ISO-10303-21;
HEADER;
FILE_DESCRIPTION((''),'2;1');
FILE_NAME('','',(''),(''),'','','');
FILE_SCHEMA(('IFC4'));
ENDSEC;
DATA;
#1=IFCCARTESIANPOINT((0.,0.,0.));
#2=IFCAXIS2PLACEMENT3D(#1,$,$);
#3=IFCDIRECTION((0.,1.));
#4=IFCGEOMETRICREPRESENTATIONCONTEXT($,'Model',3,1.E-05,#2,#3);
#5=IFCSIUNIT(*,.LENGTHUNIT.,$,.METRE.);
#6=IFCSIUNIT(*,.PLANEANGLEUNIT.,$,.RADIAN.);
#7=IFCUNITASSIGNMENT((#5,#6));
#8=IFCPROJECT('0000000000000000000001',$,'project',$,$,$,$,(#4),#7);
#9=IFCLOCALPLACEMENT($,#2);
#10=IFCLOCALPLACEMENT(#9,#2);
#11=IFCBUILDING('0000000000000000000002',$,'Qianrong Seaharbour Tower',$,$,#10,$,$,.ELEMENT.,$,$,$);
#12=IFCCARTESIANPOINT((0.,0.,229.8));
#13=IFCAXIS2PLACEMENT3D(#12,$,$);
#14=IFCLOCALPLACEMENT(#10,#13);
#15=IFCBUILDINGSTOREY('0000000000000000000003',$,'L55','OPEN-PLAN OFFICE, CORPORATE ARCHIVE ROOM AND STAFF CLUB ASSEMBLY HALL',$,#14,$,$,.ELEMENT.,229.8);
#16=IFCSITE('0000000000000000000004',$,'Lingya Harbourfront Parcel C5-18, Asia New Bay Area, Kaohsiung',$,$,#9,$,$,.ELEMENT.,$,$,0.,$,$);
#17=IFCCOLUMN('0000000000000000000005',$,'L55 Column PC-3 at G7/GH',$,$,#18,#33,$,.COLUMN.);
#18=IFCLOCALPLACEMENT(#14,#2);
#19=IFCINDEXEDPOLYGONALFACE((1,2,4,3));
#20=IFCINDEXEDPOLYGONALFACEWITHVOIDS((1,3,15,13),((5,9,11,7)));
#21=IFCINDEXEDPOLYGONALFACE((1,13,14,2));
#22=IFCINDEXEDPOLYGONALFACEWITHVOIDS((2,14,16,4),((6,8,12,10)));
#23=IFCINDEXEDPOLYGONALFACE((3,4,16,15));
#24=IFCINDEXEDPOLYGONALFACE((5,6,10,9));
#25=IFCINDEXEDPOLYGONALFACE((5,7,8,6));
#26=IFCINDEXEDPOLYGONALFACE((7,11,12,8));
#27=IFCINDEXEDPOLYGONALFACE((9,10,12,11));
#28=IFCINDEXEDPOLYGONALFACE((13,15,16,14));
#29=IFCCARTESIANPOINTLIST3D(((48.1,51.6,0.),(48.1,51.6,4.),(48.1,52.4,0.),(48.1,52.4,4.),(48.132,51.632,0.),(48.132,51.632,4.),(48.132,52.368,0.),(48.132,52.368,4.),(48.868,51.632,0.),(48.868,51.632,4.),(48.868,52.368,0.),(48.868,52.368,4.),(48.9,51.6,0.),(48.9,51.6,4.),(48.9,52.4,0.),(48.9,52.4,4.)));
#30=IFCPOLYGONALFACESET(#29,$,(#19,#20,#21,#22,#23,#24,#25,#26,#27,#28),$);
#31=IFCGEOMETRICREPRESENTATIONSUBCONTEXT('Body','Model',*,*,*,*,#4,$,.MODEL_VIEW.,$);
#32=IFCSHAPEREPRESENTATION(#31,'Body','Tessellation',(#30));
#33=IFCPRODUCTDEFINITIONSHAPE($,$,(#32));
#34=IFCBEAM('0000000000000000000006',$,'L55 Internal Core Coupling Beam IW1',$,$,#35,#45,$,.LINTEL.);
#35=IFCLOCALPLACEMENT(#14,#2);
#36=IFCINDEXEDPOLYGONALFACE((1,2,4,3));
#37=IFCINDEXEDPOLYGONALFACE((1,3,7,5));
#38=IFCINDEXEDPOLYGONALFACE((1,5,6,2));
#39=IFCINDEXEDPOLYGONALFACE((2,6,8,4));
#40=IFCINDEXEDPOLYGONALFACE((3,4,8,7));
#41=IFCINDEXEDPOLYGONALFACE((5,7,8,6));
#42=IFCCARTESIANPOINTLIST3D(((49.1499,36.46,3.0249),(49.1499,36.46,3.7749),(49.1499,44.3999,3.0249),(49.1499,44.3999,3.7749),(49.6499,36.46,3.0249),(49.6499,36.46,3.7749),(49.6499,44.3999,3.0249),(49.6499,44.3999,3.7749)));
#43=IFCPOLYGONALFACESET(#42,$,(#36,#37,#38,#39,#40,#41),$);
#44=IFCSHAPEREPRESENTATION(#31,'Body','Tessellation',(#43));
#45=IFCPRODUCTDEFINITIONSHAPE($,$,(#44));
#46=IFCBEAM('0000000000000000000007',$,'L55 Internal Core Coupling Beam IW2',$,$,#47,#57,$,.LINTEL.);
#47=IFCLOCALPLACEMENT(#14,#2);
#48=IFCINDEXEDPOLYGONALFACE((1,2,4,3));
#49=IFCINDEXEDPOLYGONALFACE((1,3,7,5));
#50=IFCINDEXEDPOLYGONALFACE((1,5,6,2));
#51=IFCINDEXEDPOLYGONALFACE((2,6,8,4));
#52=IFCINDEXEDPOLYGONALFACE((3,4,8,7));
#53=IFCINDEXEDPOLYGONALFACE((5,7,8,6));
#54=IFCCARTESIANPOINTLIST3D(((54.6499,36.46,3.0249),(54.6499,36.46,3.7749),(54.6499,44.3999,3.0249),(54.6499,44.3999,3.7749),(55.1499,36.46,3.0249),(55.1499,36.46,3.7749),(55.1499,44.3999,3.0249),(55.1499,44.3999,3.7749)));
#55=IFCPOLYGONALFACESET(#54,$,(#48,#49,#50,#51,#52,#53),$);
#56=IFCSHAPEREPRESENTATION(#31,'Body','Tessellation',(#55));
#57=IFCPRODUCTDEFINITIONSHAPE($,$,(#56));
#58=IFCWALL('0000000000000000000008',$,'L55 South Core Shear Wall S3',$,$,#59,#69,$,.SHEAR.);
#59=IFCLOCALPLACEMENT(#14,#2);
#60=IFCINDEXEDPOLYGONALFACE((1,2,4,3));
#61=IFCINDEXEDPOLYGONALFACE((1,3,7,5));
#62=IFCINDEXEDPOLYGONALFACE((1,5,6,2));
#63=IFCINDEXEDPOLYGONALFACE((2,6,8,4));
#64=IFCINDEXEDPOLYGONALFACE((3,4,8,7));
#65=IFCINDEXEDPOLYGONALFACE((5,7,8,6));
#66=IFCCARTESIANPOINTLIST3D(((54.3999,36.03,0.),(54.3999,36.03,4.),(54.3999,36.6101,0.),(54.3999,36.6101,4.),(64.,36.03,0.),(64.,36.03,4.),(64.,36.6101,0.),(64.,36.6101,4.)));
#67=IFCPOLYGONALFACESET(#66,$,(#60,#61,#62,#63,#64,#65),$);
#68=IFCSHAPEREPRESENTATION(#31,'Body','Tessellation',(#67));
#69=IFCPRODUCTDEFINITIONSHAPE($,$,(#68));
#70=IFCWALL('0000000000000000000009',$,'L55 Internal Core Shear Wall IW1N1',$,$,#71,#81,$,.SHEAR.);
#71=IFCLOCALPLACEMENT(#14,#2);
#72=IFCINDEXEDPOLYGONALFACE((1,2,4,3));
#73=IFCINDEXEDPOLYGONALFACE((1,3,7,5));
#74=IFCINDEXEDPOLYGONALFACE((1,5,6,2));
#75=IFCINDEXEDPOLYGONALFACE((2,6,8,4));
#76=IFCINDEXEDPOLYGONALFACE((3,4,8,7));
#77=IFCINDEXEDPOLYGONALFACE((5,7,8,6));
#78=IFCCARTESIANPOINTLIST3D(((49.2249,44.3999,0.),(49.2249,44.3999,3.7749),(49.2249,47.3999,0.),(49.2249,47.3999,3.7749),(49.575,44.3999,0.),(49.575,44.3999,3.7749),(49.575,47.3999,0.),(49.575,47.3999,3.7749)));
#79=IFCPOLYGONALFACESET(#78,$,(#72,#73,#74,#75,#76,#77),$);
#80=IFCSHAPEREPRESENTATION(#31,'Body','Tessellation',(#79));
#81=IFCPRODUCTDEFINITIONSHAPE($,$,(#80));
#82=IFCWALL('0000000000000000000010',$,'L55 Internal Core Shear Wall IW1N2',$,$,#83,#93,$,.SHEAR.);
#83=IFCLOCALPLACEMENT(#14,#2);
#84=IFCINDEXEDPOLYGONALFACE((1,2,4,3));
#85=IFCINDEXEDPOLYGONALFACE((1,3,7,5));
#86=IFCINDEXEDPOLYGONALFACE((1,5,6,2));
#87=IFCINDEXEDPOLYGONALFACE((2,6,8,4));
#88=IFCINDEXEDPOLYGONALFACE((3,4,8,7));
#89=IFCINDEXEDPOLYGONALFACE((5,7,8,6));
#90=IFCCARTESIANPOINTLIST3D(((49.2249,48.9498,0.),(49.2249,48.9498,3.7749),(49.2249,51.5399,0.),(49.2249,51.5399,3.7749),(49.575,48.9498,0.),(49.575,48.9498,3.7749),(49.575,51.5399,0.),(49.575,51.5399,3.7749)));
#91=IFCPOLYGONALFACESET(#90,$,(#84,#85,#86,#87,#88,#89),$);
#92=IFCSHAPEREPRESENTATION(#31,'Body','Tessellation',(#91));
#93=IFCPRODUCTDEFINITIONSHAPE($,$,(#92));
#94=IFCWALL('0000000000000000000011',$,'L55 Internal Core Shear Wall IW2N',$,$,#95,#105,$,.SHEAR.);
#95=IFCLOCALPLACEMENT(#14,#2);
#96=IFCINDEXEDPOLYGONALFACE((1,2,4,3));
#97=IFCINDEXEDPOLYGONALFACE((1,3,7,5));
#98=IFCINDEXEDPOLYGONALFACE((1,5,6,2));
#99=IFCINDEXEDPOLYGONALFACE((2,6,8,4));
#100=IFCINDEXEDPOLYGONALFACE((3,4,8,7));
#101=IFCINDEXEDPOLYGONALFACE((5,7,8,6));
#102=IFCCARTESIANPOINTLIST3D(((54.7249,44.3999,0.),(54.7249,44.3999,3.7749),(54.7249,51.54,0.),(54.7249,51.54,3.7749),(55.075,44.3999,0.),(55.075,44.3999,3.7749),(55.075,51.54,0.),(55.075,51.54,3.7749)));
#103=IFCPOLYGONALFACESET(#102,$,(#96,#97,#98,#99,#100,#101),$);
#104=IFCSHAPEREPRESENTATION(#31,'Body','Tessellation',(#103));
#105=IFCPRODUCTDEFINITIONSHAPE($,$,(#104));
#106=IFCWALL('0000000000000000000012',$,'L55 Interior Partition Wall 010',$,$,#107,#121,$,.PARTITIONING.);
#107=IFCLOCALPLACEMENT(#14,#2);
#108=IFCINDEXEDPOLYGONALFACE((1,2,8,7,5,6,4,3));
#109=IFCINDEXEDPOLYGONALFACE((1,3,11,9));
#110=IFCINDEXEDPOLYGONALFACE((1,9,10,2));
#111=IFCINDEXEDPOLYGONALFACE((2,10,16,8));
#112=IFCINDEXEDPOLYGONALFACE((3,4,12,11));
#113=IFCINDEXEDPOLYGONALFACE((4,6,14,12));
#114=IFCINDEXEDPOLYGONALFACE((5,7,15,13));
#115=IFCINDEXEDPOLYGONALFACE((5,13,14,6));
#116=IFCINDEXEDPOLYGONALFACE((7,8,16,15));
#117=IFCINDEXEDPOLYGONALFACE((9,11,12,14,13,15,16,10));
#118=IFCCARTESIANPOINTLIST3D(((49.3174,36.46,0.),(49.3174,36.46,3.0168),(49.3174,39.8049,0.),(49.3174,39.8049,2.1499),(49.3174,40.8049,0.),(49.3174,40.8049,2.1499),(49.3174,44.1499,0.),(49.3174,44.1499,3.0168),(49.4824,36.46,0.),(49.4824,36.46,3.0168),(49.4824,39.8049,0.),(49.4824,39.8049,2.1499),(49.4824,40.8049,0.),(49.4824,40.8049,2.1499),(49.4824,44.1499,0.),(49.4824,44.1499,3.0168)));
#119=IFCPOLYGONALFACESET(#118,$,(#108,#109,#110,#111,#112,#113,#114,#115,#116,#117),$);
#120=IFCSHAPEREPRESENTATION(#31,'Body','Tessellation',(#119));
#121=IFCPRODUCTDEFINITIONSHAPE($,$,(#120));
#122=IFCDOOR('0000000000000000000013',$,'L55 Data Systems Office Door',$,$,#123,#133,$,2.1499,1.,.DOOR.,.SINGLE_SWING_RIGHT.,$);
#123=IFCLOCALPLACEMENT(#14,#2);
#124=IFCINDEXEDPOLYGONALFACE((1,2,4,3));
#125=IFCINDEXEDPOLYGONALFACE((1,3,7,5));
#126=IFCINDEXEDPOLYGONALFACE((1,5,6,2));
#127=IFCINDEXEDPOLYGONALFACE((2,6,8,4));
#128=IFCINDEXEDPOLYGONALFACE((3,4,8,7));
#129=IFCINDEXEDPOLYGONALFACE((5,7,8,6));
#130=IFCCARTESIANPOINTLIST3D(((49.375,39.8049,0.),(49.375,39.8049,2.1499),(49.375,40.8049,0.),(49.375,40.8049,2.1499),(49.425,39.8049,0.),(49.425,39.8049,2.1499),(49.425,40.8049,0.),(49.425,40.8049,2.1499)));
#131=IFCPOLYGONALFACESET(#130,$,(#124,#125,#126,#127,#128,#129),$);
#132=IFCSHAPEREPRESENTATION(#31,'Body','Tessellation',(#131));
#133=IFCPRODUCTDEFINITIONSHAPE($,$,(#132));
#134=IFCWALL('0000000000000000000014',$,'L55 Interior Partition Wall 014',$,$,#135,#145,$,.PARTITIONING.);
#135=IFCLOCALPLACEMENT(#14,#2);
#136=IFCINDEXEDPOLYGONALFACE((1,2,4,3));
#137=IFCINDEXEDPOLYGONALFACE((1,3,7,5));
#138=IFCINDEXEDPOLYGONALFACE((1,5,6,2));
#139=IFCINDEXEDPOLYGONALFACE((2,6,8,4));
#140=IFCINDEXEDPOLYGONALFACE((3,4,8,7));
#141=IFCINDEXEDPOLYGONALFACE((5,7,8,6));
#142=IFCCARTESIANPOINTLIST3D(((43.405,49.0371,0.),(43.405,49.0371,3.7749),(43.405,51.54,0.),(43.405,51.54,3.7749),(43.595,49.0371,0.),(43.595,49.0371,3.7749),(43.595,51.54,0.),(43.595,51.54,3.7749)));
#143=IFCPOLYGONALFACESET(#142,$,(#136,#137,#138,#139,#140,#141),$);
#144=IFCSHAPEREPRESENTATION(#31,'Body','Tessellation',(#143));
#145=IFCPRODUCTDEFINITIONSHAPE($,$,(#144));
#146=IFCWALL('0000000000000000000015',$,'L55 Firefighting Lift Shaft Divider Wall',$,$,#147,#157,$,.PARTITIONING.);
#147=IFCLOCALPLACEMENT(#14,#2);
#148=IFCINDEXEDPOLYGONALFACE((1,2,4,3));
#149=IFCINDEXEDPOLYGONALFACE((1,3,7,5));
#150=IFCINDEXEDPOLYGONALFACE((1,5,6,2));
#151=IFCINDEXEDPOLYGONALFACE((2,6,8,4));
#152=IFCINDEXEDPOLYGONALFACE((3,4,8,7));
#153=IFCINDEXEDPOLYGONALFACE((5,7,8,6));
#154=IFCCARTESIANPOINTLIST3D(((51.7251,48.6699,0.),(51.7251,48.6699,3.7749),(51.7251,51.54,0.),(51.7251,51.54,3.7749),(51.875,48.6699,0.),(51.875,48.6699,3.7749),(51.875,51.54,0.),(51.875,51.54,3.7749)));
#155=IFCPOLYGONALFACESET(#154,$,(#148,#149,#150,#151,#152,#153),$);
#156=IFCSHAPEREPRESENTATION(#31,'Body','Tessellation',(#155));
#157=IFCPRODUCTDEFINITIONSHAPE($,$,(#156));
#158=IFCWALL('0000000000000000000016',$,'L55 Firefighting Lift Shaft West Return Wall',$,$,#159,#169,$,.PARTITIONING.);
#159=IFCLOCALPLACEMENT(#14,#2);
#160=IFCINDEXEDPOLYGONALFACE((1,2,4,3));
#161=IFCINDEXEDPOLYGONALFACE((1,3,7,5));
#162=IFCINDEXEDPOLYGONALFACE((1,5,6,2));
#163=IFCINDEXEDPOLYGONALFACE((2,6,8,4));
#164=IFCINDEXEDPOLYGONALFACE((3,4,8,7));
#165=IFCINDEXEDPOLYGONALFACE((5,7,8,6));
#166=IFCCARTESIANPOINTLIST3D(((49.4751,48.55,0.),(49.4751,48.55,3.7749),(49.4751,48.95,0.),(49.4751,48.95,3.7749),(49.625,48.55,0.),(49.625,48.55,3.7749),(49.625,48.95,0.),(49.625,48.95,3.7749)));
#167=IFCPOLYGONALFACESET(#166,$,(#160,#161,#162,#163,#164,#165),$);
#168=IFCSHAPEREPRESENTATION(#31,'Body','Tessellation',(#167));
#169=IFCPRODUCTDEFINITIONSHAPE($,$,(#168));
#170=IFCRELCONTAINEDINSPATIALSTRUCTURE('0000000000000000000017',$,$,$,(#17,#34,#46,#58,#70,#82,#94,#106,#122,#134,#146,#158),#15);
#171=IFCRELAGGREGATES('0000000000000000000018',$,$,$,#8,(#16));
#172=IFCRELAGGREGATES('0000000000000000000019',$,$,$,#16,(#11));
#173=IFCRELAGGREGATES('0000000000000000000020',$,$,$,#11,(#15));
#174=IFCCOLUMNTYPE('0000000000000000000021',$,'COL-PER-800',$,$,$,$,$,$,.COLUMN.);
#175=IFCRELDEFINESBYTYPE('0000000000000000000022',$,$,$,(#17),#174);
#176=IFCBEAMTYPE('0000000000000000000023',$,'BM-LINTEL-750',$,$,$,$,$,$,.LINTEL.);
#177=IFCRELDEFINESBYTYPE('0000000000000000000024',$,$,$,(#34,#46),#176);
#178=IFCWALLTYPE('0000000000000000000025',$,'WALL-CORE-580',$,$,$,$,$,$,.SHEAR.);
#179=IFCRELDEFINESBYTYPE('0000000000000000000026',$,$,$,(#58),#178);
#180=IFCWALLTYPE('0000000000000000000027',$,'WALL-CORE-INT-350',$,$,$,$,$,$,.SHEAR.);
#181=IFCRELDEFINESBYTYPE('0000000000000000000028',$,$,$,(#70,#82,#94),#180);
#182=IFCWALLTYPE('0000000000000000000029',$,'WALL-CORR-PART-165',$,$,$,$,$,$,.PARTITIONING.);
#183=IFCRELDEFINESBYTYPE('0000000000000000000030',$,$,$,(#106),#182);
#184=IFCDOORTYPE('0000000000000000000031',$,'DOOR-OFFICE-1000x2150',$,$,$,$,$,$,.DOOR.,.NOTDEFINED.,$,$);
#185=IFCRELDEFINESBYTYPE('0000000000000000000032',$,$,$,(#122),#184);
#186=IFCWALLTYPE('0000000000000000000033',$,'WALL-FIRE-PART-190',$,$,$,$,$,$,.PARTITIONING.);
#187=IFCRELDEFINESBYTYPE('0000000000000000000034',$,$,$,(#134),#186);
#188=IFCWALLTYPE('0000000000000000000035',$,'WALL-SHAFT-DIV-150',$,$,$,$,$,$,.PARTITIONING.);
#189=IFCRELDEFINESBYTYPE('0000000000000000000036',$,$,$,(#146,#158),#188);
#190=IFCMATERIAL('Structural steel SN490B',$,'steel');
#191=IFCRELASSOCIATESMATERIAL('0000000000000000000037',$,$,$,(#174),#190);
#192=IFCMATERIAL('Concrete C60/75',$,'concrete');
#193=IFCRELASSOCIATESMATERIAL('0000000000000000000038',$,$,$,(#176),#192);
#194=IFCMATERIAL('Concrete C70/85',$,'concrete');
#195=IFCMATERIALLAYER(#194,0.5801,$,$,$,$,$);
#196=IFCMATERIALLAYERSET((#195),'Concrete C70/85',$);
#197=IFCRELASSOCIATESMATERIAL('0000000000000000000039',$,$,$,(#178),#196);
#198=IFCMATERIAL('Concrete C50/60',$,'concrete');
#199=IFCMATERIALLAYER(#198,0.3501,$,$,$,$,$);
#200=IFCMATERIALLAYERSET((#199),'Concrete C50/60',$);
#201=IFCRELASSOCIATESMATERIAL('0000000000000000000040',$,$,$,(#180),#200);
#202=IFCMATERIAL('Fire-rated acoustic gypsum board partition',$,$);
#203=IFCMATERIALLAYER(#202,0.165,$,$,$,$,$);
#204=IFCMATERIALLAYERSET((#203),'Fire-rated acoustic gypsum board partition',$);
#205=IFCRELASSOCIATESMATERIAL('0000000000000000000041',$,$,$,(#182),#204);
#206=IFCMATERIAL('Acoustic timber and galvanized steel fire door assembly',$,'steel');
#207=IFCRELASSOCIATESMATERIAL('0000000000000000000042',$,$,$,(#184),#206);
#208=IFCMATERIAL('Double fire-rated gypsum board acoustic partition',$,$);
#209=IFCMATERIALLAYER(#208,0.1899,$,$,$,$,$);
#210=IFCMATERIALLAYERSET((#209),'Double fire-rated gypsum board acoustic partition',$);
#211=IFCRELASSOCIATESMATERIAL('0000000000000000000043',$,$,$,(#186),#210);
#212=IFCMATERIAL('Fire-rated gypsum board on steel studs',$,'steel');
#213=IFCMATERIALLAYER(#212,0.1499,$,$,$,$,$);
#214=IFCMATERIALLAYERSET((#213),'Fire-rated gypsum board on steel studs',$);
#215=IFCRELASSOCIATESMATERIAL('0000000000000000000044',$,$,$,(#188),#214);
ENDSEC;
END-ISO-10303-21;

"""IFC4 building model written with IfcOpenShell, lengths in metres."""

from ifc_helpers import new_model, si_unit, direction, frame, frame_2d, origin, origin_2d, place, context, subcontext, project, spatial, rectangle, hollow_rectangle, extrude, material, layer, layer_set, material_profile, profile_set, type_object, element, fill, save


model = new_model("IFC4")

# Units and contexts
model_context = context("Model", 3, precision=1e-05, world=origin(), true_north=direction((0.0, 1.0)))
body_context = subcontext(model_context, "Body", "Model", "MODEL_VIEW")
ifc_project = project(units=[si_unit("LENGTHUNIT", "METRE"), si_unit("PLANEANGLEUNIT", "RADIAN")], contexts=[model_context])

# Site, building, storey
site_placement = place(None, origin())
site = spatial("IfcSite", under=ifc_project, at=site_placement, Name="Lingya Harbourfront Parcel C5-18, Asia New Bay Area, Kaohsiung", CompositionType="ELEMENT", RefElevation=0.0)
building_placement = place(site_placement, origin())
building = spatial("IfcBuilding", under=site, at=building_placement, Name="Qianrong Seaharbour Tower", CompositionType="ELEMENT")
storey_placement = place(building_placement, frame((0.0, 0.0, 229.8)))
storey = spatial("IfcBuildingStorey", under=building, at=storey_placement, Name="L55", Description="OPEN-PLAN OFFICE, CORPORATE ARCHIVE ROOM AND STAFF CLUB ASSEMBLY HALL", CompositionType="ELEMENT", Elevation=229.8)

# Column
ifc_material_1 = material(Name="Structural steel SN490B", Category="steel")
ifc_material_profile_1 = material_profile(ifc_material_1, hollow_rectangle(XDim=0.8, YDim=0.8, WallThickness=0.032, at=origin_2d()), Name="BOX800x800x32")
ifc_profile_set_1 = profile_set([ifc_material_profile_1], Name="Structural steel SN490B")
column_type = type_object("IfcColumnType", Name="COL-PER-800", PredefinedType="COLUMN", material=ifc_profile_set_1)
column_placement = place(storey_placement, frame((48.5, 52.0, 0.0), z_axis=(0.0, 0.0, 1.0), x_axis=(1.0, 0.0, 0.0)))
element("IfcColumn", 1, at=column_placement, inside=storey, type_object=column_type, Name="L55 Column PC-3 at G7/GH", PredefinedType="COLUMN", context=body_context, shape_type="SweptSolid", body=[
    extrude(hollow_rectangle(XDim=0.8, YDim=0.8, WallThickness=0.032, at=origin_2d()), origin(), (0.0, 0.0, 1.0), 4.0),
])

# Beams
ifc_material_2 = material(Name="Concrete C60/75", Category="concrete")
ifc_material_profile_2 = material_profile(ifc_material_2, rectangle(XDim=0.5, YDim=0.75, at=origin_2d()), Name="RC500x750")
ifc_profile_set_2 = profile_set([ifc_material_profile_2], Name="Concrete C60/75")
beam_type = type_object("IfcBeamType", Name="BM-LINTEL-750", PredefinedType="LINTEL", material=ifc_profile_set_2)
for number, where, z_axis, x_axis, name in (
    (2, (49.3999, 36.46, 3.3999), (0.0, 1.0, 0.0), (-1.0, 0.0, 0.0), "L55 Internal Core Coupling Beam IW1"),
    (3, (54.8999, 36.46, 3.3999), (0.0, 1.0, 0.0), (-1.0, 0.0, 0.0), "L55 Internal Core Coupling Beam IW2"),
):
    element("IfcBeam", number, at=place(storey_placement, frame(where, z_axis=z_axis, x_axis=x_axis)), inside=storey, type_object=beam_type, Name=name, PredefinedType="LINTEL", context=body_context, shape_type="SweptSolid", body=[
        extrude(rectangle(XDim=0.5, YDim=0.75, at=origin_2d()), origin(), (0.0, 0.0, 1.0), 7.9399),
    ])

# Walls
ifc_material_3 = material(Name="Concrete C70/85", Category="concrete")
ifc_layer_1 = layer(ifc_material_3, 0.5801)
ifc_layer_set_1 = layer_set([ifc_layer_1], Name="Concrete C70/85")
wall_type_1 = type_object("IfcWallType", Name="WALL-CORE-580", PredefinedType="SHEAR", material=ifc_layer_set_1)
wall_1_placement = place(storey_placement, frame((54.3999, 36.3201, 0.0), z_axis=(0.0, 0.0, 1.0), x_axis=(1.0, 0.0, 0.0)))
element("IfcWall", 4, at=wall_1_placement, inside=storey, type_object=wall_type_1, Name="L55 South Core Shear Wall S3", PredefinedType="SHEAR", context=body_context, shape_type="SweptSolid", body=[
    extrude(rectangle(XDim=9.6001, YDim=0.5801, at=frame_2d((4.8, 0.0))), origin(), (0.0, 0.0, 1.0), 4.0),
])
ifc_material_4 = material(Name="Concrete C50/60", Category="concrete")
ifc_layer_2 = layer(ifc_material_4, 0.3501)
ifc_layer_set_2 = layer_set([ifc_layer_2], Name="Concrete C50/60")
wall_type_2 = type_object("IfcWallType", Name="WALL-CORE-INT-350", PredefinedType="SHEAR", material=ifc_layer_set_2)
wall_2_placement = place(storey_placement, frame((49.3999, 44.3999, 0.0), z_axis=(0.0, 0.0, 1.0), x_axis=(0.0, 1.0, 0.0)))
element("IfcWall", 5, at=wall_2_placement, inside=storey, type_object=wall_type_2, Name="L55 Internal Core Shear Wall IW1N1", PredefinedType="SHEAR", context=body_context, shape_type="SweptSolid", body=[
    extrude(rectangle(XDim=3.0, YDim=0.3501, at=frame_2d((1.5, 0.0))), origin(), (0.0, 0.0, 1.0), 3.7749),
])
wall_3_placement = place(storey_placement, frame((49.3999, 48.95, 0.0), z_axis=(0.0, 0.0, 1.0), x_axis=(0.0, 1.0, 0.0)))
element("IfcWall", 6, at=wall_3_placement, inside=storey, type_object=wall_type_2, Name="L55 Internal Core Shear Wall IW1N2", PredefinedType="SHEAR", context=body_context, shape_type="SweptSolid", body=[
    extrude(rectangle(XDim=2.5901, YDim=0.3501, at=frame_2d((1.2949, 0.0))), origin(), (0.0, 0.0, 1.0), 3.7749),
])
wall_4_placement = place(storey_placement, frame((54.8999, 44.3999, 0.0), z_axis=(0.0, 0.0, 1.0), x_axis=(0.0, 1.0, 0.0)))
element("IfcWall", 7, at=wall_4_placement, inside=storey, type_object=wall_type_2, Name="L55 Internal Core Shear Wall IW2N", PredefinedType="SHEAR", context=body_context, shape_type="SweptSolid", body=[
    extrude(rectangle(XDim=7.1401, YDim=0.3501, at=frame_2d((3.5701, 0.0))), origin(), (0.0, 0.0, 1.0), 3.7749),
])

# Wall, opening, door
ifc_material_5 = material(Name="Fire-rated acoustic gypsum board partition")
ifc_layer_3 = layer(ifc_material_5, 0.165)
ifc_layer_set_3 = layer_set([ifc_layer_3], Name="Fire-rated acoustic gypsum board partition")
wall_type_3 = type_object("IfcWallType", Name="WALL-CORR-PART-165", PredefinedType="PARTITIONING", material=ifc_layer_set_3)
wall_5_placement = place(storey_placement, frame((49.3999, 36.46, 0.0), z_axis=(0.0, 0.0, 1.0), x_axis=(0.0, 1.0, 0.0)))
wall_5 = element("IfcWall", 8, at=wall_5_placement, inside=storey, type_object=wall_type_3, Name="L55 Interior Partition Wall 010", PredefinedType="PARTITIONING", context=body_context, shape_type="SweptSolid", body=[
    extrude(rectangle(XDim=7.6899, YDim=0.165, at=frame_2d((3.845, 0.0))), origin(), (0.0, 0.0, 1.0), 3.0168),
])
opening_1_placement = place(wall_5_placement, frame((3.345, 0.0, 0.0)))
opening_1 = element("IfcOpeningElement", 9, at=opening_1_placement, cuts=wall_5, PredefinedType="OPENING", context=body_context, shape_type="SweptSolid", body=[
    extrude(rectangle(XDim=1.0, YDim=2.1499, at=frame_2d((0.5, 1.075))), frame((0.0, 0.0925, 0.0), z_axis=(0.0, -1.0, 0.0), x_axis=(1.0, 0.0, 0.0)), (0.0, 0.0, 1.0), 0.1851),
])
ifc_material_6 = material(Name="Acoustic timber and galvanized steel fire door assembly", Category="steel")
door_type_1 = type_object("IfcDoorType", Name="DOOR-OFFICE-1000x2150", OperationType="NOTDEFINED", PredefinedType="DOOR", material=ifc_material_6)
door_1_placement = place(opening_1_placement, origin())
door_1 = element("IfcDoor", 10, at=door_1_placement, inside=storey, type_object=door_type_1, Name="L55 Data Systems Office Door", OperationType="SINGLE_SWING_RIGHT", OverallHeight=2.1499, OverallWidth=1.0, PredefinedType="DOOR", context=body_context, shape_type="SweptSolid", body=[
    extrude(rectangle(XDim=1.0, YDim=2.1499, at=frame_2d((0.5, 1.075))), frame((0.0, 0.0249, 0.0), z_axis=(0.0, -1.0, 0.0), x_axis=(1.0, 0.0, 0.0)), (0.0, 0.0, 1.0), 0.05),
])
fill(opening_1, door_1)
ifc_material_7 = material(Name="Double fire-rated gypsum board acoustic partition")
ifc_layer_4 = layer(ifc_material_7, 0.1899)
ifc_layer_set_4 = layer_set([ifc_layer_4], Name="Double fire-rated gypsum board acoustic partition")
wall_type_4 = type_object("IfcWallType", Name="WALL-FIRE-PART-190", PredefinedType="PARTITIONING", material=ifc_layer_set_4)

# Walls
wall_6_placement = place(storey_placement, frame((43.5, 51.54, 0.0), z_axis=(0.0, 0.0, 1.0), x_axis=(0.0, -1.0, 0.0)))
element("IfcWall", 11, at=wall_6_placement, inside=storey, type_object=wall_type_4, Name="L55 Interior Partition Wall 014", PredefinedType="PARTITIONING", context=body_context, shape_type="SweptSolid", body=[
    extrude(rectangle(XDim=2.5029, YDim=0.1899, at=frame_2d((1.2515, 0.0))), origin(), (0.0, 0.0, 1.0), 3.7749),
])
ifc_material_8 = material(Name="Fire-rated gypsum board on steel studs", Category="steel")
ifc_layer_5 = layer(ifc_material_8, 0.1499)
ifc_layer_set_5 = layer_set([ifc_layer_5], Name="Fire-rated gypsum board on steel studs")
wall_type_5 = type_object("IfcWallType", Name="WALL-SHAFT-DIV-150", PredefinedType="PARTITIONING", material=ifc_layer_set_5)
wall_7_placement = place(storey_placement, frame((51.8, 48.6699, 0.0), z_axis=(0.0, 0.0, 1.0), x_axis=(0.0, 1.0, 0.0)))
element("IfcWall", 12, at=wall_7_placement, inside=storey, type_object=wall_type_5, Name="L55 Firefighting Lift Shaft Divider Wall", PredefinedType="PARTITIONING", context=body_context, shape_type="SweptSolid", body=[
    extrude(rectangle(XDim=2.8701, YDim=0.1499, at=frame_2d((1.4351, 0.0))), origin(), (0.0, 0.0, 1.0), 3.7749),
])
wall_8_placement = place(storey_placement, frame((49.55, 48.55, 0.0), z_axis=(0.0, 0.0, 1.0), x_axis=(0.0, 1.0, 0.0)))
element("IfcWall", 13, at=wall_8_placement, inside=storey, type_object=wall_type_5, Name="L55 Firefighting Lift Shaft West Return Wall", PredefinedType="PARTITIONING", context=body_context, shape_type="SweptSolid", body=[
    extrude(rectangle(XDim=0.3999, YDim=0.1499, at=frame_2d((0.2, 0.0))), origin(), (0.0, 0.0, 1.0), 3.7749),
])

save(model, "model.ifc")
